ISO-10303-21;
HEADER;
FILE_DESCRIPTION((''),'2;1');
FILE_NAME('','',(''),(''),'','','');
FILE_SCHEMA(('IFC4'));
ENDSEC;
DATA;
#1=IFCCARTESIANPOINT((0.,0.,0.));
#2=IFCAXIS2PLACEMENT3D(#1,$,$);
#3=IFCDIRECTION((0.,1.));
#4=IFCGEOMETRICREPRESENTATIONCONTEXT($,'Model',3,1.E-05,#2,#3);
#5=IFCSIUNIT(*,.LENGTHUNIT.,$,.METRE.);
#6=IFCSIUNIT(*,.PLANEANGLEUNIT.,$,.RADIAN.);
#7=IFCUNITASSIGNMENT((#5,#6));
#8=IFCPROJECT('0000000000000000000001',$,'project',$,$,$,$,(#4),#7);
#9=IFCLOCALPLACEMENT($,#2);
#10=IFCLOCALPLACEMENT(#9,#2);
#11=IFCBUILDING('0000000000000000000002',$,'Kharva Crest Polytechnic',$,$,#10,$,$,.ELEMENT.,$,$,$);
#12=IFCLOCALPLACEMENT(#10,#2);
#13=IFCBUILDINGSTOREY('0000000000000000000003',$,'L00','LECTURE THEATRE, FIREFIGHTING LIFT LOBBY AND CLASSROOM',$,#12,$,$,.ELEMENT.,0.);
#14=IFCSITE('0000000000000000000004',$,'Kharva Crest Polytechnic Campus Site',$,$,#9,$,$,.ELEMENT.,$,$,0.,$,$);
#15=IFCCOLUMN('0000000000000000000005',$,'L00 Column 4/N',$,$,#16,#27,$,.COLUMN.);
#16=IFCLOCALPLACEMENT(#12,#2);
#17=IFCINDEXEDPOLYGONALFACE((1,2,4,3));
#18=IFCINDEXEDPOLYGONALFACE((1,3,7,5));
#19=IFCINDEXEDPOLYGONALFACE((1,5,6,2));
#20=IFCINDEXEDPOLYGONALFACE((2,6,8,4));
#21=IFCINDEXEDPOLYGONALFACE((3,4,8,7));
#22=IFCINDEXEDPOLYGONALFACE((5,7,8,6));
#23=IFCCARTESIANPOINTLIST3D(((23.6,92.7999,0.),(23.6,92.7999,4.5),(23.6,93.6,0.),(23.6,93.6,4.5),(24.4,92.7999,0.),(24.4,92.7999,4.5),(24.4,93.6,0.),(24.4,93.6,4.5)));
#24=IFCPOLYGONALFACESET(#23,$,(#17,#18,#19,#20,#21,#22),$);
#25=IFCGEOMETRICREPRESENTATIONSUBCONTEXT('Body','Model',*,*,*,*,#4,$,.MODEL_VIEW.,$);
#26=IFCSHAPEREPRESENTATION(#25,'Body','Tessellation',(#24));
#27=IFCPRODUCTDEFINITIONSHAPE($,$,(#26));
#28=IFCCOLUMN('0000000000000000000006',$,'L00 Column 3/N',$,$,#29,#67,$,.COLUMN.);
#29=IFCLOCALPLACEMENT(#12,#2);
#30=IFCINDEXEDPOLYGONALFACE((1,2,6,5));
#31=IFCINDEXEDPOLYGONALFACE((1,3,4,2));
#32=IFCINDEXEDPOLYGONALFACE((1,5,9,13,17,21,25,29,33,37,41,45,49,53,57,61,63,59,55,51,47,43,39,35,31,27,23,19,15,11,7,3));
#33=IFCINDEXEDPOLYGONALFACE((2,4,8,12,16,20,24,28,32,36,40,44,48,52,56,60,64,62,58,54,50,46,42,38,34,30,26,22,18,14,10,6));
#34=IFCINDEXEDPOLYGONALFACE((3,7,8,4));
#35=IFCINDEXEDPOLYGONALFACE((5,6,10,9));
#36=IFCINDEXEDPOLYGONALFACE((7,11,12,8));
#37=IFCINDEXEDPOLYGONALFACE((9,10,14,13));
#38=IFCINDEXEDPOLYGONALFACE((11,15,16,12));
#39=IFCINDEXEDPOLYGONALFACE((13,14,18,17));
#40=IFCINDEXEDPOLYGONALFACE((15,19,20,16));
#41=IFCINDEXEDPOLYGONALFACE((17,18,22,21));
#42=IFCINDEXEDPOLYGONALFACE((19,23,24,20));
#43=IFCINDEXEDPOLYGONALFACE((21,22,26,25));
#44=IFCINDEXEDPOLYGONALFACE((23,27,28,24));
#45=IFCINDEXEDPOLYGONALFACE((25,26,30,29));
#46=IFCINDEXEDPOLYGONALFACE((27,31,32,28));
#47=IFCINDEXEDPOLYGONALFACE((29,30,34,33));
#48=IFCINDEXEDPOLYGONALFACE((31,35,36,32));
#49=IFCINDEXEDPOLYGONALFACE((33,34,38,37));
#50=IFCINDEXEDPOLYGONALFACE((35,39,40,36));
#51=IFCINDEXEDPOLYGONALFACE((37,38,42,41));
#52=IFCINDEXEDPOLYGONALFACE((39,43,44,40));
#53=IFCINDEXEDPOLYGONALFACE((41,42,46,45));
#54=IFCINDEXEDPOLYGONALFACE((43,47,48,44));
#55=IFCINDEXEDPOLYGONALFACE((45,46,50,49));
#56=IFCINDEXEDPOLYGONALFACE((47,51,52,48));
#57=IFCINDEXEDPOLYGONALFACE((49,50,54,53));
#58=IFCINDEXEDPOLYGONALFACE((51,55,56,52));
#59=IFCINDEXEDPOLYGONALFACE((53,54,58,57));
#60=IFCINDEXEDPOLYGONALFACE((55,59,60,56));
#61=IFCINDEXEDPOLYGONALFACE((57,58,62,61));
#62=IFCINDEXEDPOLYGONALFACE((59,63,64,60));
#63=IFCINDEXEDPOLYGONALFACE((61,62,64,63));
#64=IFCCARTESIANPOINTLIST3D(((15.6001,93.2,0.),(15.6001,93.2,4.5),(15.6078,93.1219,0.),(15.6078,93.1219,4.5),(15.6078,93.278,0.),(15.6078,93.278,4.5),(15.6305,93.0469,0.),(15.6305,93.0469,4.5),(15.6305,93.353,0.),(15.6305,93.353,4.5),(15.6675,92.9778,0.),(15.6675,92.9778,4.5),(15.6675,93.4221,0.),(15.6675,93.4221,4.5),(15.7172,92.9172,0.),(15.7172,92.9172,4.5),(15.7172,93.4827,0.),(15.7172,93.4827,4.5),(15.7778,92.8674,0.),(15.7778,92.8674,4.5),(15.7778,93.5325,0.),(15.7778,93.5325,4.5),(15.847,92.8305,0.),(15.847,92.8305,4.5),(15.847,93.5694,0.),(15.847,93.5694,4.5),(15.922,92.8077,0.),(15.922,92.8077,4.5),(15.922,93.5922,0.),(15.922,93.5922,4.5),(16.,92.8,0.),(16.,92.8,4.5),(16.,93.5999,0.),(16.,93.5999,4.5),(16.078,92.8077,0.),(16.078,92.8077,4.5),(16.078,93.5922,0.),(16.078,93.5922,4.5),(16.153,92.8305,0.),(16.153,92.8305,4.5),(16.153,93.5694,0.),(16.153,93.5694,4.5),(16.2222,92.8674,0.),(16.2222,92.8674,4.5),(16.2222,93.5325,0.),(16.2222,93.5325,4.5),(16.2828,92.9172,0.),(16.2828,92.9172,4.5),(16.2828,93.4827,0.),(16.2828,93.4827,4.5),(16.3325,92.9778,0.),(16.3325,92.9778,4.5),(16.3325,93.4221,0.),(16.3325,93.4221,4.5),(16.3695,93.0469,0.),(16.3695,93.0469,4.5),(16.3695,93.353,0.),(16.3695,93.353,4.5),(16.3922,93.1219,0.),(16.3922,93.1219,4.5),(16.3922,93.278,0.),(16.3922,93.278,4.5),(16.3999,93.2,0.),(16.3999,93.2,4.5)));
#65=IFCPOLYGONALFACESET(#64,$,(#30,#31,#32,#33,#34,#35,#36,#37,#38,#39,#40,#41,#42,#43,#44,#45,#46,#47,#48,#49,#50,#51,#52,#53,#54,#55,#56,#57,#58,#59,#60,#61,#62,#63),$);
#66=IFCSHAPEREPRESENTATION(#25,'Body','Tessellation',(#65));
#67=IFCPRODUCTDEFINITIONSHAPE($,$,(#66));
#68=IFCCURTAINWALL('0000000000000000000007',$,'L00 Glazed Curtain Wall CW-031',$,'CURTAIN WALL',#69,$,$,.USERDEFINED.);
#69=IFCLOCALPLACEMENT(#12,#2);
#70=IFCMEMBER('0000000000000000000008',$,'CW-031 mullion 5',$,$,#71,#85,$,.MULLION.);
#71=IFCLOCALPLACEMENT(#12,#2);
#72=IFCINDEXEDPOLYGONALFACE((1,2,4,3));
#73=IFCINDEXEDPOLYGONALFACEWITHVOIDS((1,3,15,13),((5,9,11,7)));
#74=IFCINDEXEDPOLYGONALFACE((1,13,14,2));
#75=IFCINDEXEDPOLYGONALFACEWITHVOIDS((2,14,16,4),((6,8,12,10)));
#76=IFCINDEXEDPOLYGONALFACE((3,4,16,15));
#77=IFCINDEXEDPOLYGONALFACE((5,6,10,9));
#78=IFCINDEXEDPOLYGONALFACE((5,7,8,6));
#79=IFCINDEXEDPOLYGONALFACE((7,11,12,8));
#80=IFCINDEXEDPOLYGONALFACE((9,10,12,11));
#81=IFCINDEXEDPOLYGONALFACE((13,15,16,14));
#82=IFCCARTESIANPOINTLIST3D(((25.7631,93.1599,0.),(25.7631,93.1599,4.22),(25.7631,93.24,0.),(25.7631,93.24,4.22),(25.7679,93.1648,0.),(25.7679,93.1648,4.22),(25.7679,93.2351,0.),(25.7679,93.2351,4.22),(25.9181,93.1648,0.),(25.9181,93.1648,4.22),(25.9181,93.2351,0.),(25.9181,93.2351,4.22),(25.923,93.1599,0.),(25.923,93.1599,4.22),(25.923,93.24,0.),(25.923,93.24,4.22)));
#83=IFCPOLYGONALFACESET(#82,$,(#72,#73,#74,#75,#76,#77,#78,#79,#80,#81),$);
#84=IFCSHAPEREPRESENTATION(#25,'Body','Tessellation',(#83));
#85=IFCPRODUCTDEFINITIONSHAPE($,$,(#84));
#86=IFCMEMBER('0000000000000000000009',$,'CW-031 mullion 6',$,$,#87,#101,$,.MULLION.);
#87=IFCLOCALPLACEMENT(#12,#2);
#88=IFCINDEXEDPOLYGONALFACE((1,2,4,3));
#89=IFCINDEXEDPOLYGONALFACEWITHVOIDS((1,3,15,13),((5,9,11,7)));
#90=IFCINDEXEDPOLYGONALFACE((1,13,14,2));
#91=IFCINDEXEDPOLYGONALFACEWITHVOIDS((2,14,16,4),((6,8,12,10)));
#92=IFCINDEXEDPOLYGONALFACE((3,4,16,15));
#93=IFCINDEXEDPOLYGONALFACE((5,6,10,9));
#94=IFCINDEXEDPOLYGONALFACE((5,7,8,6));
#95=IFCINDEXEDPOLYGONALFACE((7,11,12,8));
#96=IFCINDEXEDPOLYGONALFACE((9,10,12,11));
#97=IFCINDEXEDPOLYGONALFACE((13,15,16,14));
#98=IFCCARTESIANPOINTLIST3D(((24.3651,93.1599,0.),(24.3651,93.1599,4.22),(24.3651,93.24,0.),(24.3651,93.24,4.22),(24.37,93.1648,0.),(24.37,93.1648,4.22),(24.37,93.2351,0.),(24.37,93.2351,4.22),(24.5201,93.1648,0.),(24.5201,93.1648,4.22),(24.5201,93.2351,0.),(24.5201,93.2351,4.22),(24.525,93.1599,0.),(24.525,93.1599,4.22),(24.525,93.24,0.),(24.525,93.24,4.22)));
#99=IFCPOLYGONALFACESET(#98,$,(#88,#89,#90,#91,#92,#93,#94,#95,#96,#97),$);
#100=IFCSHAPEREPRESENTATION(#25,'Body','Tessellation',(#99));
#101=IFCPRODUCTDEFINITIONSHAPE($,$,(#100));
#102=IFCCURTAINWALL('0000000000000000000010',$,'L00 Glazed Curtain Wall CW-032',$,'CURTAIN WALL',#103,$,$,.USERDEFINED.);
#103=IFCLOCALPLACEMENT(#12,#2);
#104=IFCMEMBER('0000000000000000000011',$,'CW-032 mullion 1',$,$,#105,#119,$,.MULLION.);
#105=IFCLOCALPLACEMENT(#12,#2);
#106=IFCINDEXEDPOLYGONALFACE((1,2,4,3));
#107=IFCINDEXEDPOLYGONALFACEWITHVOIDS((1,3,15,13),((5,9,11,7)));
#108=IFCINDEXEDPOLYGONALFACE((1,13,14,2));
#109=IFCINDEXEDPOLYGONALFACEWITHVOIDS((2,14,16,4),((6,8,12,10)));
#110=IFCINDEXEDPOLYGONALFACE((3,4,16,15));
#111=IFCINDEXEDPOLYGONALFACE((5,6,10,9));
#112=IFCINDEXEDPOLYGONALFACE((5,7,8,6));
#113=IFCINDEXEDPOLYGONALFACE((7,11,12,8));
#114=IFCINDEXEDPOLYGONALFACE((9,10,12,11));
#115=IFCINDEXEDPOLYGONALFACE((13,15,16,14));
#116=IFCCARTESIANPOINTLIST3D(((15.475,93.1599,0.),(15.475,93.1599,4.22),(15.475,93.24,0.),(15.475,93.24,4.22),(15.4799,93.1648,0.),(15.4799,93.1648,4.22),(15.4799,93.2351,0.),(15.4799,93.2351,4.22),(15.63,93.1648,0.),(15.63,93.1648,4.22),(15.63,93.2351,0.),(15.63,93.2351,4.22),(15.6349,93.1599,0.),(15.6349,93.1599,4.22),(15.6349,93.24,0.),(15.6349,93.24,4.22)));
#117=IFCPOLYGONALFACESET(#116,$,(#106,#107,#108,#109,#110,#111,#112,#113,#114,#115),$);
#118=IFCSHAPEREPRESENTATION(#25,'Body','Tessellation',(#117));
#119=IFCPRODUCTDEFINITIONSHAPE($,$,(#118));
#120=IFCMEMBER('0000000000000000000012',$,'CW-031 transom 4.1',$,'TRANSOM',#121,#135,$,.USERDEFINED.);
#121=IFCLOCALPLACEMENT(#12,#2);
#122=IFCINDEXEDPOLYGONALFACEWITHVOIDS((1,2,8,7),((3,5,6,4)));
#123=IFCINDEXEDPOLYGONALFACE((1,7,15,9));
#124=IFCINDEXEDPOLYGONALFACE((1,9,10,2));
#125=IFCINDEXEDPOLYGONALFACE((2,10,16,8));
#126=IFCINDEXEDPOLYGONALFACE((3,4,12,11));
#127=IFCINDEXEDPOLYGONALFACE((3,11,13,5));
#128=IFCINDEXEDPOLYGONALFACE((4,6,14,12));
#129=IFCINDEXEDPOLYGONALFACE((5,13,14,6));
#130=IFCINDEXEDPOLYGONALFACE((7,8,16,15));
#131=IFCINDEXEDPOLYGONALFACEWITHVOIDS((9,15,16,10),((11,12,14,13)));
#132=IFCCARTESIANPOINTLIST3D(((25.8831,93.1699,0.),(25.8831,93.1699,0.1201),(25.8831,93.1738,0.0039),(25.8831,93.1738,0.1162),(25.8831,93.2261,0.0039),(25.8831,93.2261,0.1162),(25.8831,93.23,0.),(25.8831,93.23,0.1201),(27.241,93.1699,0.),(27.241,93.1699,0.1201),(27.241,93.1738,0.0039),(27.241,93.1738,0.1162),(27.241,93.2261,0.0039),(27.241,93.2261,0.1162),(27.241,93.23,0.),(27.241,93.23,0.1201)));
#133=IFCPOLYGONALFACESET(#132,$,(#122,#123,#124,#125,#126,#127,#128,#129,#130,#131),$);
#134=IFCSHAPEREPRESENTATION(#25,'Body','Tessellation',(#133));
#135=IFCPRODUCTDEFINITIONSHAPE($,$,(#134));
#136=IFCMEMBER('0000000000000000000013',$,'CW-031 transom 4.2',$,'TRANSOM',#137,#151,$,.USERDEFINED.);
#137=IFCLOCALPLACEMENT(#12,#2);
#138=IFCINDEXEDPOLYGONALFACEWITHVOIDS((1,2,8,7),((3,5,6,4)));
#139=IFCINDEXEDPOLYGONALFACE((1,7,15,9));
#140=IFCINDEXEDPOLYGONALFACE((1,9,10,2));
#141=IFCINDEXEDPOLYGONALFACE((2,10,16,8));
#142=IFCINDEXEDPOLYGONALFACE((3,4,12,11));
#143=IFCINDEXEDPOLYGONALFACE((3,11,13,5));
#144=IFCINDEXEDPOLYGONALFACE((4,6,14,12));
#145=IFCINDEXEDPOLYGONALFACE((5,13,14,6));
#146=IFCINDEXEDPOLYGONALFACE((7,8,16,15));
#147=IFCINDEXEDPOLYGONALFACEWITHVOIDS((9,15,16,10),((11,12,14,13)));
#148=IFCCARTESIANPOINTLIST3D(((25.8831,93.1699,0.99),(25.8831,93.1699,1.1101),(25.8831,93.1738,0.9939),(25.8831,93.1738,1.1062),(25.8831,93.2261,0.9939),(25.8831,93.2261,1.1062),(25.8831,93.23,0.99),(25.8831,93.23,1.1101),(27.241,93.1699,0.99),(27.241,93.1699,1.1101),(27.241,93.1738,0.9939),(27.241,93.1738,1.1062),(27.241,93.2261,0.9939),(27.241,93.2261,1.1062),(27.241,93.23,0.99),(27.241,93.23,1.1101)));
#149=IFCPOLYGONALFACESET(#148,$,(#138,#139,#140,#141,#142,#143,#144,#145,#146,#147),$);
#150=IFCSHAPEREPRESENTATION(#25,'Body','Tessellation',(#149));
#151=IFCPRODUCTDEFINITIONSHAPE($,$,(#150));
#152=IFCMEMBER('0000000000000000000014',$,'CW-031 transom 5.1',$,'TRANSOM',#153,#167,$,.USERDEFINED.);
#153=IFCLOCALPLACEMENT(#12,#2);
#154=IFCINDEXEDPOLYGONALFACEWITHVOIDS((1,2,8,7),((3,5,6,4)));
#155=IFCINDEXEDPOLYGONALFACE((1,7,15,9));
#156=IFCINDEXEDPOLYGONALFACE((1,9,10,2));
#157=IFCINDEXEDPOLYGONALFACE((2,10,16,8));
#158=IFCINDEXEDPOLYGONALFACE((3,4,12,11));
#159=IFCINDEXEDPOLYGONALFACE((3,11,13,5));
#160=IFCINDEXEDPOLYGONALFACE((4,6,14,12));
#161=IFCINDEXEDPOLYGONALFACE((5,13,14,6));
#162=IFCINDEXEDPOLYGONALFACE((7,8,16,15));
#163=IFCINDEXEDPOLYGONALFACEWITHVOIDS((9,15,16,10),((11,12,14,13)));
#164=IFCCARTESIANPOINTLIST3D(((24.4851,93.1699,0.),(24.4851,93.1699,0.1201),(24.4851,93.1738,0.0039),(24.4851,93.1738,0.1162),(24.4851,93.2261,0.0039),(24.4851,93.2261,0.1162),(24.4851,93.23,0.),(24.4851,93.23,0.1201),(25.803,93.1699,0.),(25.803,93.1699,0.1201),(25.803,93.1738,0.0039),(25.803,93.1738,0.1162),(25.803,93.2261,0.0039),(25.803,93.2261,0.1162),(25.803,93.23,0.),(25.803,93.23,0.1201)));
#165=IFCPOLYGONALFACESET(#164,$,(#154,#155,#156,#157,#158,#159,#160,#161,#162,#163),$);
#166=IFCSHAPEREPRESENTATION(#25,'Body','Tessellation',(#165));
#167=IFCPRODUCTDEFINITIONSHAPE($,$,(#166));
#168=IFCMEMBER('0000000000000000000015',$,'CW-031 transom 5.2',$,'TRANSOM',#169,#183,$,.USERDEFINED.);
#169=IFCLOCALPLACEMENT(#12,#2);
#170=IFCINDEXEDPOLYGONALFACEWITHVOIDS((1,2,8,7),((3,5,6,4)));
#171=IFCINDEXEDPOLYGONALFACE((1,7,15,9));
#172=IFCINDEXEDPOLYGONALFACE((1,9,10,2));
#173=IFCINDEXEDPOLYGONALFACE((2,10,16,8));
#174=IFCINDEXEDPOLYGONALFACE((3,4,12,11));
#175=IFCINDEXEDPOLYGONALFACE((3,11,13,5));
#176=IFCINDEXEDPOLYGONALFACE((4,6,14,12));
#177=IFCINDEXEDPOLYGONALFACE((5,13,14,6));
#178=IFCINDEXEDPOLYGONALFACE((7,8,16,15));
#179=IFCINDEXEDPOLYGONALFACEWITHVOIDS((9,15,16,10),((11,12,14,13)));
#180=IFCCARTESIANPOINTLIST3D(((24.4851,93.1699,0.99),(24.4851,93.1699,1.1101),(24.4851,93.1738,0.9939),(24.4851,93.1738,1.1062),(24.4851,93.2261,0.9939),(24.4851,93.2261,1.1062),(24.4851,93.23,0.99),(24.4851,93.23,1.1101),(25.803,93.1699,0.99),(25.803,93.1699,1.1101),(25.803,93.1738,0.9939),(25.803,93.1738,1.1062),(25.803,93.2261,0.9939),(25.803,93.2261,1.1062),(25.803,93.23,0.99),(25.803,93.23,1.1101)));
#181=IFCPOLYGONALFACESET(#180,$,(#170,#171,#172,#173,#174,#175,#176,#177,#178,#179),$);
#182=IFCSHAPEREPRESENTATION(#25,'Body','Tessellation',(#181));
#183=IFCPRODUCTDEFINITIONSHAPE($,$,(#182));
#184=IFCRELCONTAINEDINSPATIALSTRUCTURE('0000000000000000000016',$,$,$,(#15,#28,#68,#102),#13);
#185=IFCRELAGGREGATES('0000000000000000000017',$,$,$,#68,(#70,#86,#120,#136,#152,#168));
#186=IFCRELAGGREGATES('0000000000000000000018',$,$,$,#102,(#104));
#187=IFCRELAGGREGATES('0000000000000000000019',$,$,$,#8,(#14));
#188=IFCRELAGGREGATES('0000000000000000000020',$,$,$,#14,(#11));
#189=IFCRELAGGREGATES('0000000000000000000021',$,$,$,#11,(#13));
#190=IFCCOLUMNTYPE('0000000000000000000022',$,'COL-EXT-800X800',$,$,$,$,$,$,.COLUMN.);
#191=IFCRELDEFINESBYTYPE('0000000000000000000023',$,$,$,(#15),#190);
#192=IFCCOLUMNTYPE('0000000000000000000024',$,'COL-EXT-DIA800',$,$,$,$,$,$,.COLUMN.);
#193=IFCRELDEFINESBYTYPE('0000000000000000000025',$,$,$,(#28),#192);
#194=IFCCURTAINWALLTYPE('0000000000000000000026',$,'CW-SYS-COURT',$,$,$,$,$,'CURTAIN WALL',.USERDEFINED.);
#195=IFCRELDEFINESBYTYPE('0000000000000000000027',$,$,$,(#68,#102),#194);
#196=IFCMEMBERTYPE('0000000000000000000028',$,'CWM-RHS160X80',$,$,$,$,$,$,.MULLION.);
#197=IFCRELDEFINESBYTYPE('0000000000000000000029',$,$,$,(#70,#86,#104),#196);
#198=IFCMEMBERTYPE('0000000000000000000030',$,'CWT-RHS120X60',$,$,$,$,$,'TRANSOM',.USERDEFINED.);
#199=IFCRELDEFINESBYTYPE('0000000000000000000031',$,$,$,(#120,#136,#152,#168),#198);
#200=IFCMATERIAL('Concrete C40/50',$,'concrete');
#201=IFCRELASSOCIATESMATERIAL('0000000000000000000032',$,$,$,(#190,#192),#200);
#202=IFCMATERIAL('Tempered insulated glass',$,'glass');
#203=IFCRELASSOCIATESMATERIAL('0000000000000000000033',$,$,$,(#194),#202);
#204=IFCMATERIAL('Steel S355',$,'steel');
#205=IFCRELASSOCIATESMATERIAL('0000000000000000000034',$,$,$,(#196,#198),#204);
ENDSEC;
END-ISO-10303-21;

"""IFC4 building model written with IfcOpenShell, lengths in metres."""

from ifc_helpers import new_model, si_unit, direction, frame, origin, origin_2d, place, context, subcontext, project, spatial, rectangle, hollow_rectangle, circle, extrude, material, material_profile, profile_set, type_object, element, aggregate, save


model = new_model("IFC4")

# Units and contexts
model_context = context("Model", 3, precision=1e-05, world=origin(), true_north=direction((0.0, 1.0)))
body_context = subcontext(model_context, "Body", "Model", "MODEL_VIEW")
ifc_project = project(units=[si_unit("LENGTHUNIT", "METRE"), si_unit("PLANEANGLEUNIT", "RADIAN")], contexts=[model_context])

# Site, building, storey
site_placement = place(None, origin())
site = spatial("IfcSite", under=ifc_project, at=site_placement, Name="Kharva Crest Polytechnic Campus Site", CompositionType="ELEMENT", RefElevation=0.0)
building_placement = place(site_placement, origin())
building = spatial("IfcBuilding", under=site, at=building_placement, Name="Kharva Crest Polytechnic", CompositionType="ELEMENT")
storey_placement = place(building_placement, origin())
storey = spatial("IfcBuildingStorey", under=building, at=storey_placement, Name="L00", Description="LECTURE THEATRE, FIREFIGHTING LIFT LOBBY AND CLASSROOM", CompositionType="ELEMENT", Elevation=0.0)

# Columns
ifc_material_1 = material(Name="Concrete C40/50", Category="concrete")
ifc_material_profile_1 = material_profile(ifc_material_1, rectangle(XDim=0.8, YDim=0.8, at=origin_2d()), Name="RECT 800 X 800")
ifc_profile_set_1 = profile_set([ifc_material_profile_1], Name="Concrete C40/50")
column_type_1 = type_object("IfcColumnType", Name="COL-EXT-800X800", PredefinedType="COLUMN", material=ifc_profile_set_1)
column_1_placement = place(storey_placement, frame((24.0, 93.2, 0.0), z_axis=(0.0, 0.0, 1.0), x_axis=(1.0, 0.0, 0.0)))
element("IfcColumn", 1, at=column_1_placement, inside=storey, type_object=column_type_1, Name="L00 Column 4/N", PredefinedType="COLUMN", context=body_context, shape_type="SweptSolid", body=[
    extrude(rectangle(XDim=0.8, YDim=0.8, at=origin_2d()), origin(), (0.0, 0.0, 1.0), 4.5),
])
ifc_material_profile_2 = material_profile(ifc_material_1, circle(Radius=0.3999, at=origin_2d()), Name="DIA 800")
ifc_profile_set_2 = profile_set([ifc_material_profile_2], Name="Concrete C40/50")
column_type_2 = type_object("IfcColumnType", Name="COL-EXT-DIA800", PredefinedType="COLUMN", material=ifc_profile_set_2)
column_2_placement = place(storey_placement, frame((16.0, 93.2, 0.0), z_axis=(0.0, 0.0, 1.0), x_axis=(1.0, 0.0, 0.0)))
element("IfcColumn", 2, at=column_2_placement, inside=storey, type_object=column_type_2, Name="L00 Column 3/N", PredefinedType="COLUMN", context=body_context, shape_type="SweptSolid", body=[
    extrude(circle(Radius=0.3999, at=origin_2d()), origin(), (0.0, 0.0, 1.0), 4.5),
])

# Curtain wall, members
ifc_material_2 = material(Name="Tempered insulated glass", Category="glass")
curtain_wall_type = type_object("IfcCurtainWallType", Name="CW-SYS-COURT", ElementType="CURTAIN WALL", PredefinedType="USERDEFINED", material=ifc_material_2)
curtain_wall_1_placement = place(storey_placement, origin())
curtain_wall_1 = element("IfcCurtainWall", 3, at=curtain_wall_1_placement, inside=storey, type_object=curtain_wall_type, Name="L00 Glazed Curtain Wall CW-031", ObjectType="CURTAIN WALL", PredefinedType="USERDEFINED")
ifc_material_3 = material(Name="Steel S355", Category="steel")
ifc_material_profile_3 = material_profile(ifc_material_3, hollow_rectangle(XDim=0.0801, YDim=0.1599, WallThickness=0.0049, at=origin_2d()), Name="RHS 160X80X5.0")
ifc_profile_set_3 = profile_set([ifc_material_profile_3], Name="Steel S355")
member_type_1 = type_object("IfcMemberType", Name="CWM-RHS160X80", PredefinedType="MULLION", material=ifc_profile_set_3)
member_1_placement = place(storey_placement, frame((25.843, 93.2, 0.0), z_axis=(0.0, 0.0, 1.0), x_axis=(0.0, -1.0, 0.0)))
member_1 = element("IfcMember", 4, at=member_1_placement, type_object=member_type_1, Name="CW-031 mullion 5", PredefinedType="MULLION", context=body_context, shape_type="SweptSolid", body=[
    extrude(hollow_rectangle(XDim=0.0801, YDim=0.1599, WallThickness=0.0049, at=origin_2d()), origin(), (0.0, 0.0, 1.0), 4.22),
])
member_2_placement = place(storey_placement, frame((24.4451, 93.2, 0.0), z_axis=(0.0, 0.0, 1.0), x_axis=(0.0, -1.0, 0.0)))
member_2 = element("IfcMember", 5, at=member_2_placement, type_object=member_type_1, Name="CW-031 mullion 6", PredefinedType="MULLION", context=body_context, shape_type="SweptSolid", body=[
    extrude(hollow_rectangle(XDim=0.0801, YDim=0.1599, WallThickness=0.0049, at=origin_2d()), origin(), (0.0, 0.0, 1.0), 4.22),
])

# Curtain wall, member
curtain_wall_2_placement = place(storey_placement, origin())
curtain_wall_2 = element("IfcCurtainWall", 6, at=curtain_wall_2_placement, inside=storey, type_object=curtain_wall_type, Name="L00 Glazed Curtain Wall CW-032", ObjectType="CURTAIN WALL", PredefinedType="USERDEFINED")
member_3_placement = place(storey_placement, frame((15.5549, 93.2, 0.0), z_axis=(0.0, 0.0, 1.0), x_axis=(0.0, -1.0, 0.0)))
member_3 = element("IfcMember", 7, at=member_3_placement, type_object=member_type_1, Name="CW-032 mullion 1", PredefinedType="MULLION", context=body_context, shape_type="SweptSolid", body=[
    extrude(hollow_rectangle(XDim=0.0801, YDim=0.1599, WallThickness=0.0049, at=origin_2d()), origin(), (0.0, 0.0, 1.0), 4.22),
])

# Members
ifc_material_profile_4 = material_profile(ifc_material_3, hollow_rectangle(XDim=0.0601, YDim=0.1201, WallThickness=0.0039, at=origin_2d()), Name="RHS 120X60X4.0")
ifc_profile_set_4 = profile_set([ifc_material_profile_4], Name="Steel S355")
member_type_2 = type_object("IfcMemberType", Name="CWT-RHS120X60", ElementType="TRANSOM", PredefinedType="USERDEFINED", material=ifc_profile_set_4)
member_4_placement = place(storey_placement, frame((27.241, 93.2, 0.0601), z_axis=(-1.0, 0.0, 0.0), x_axis=(0.0, -1.0, 0.0)))
member_4 = element("IfcMember", 8, at=member_4_placement, type_object=member_type_2, Name="CW-031 transom 4.1", ObjectType="TRANSOM", PredefinedType="USERDEFINED", context=body_context, shape_type="SweptSolid", body=[
    extrude(hollow_rectangle(XDim=0.0601, YDim=0.1201, WallThickness=0.0039, at=origin_2d()), origin(), (0.0, 0.0, 1.0), 1.3579),
])
member_5_placement = place(storey_placement, frame((27.241, 93.2, 1.05), z_axis=(-1.0, 0.0, 0.0), x_axis=(0.0, -1.0, 0.0)))
member_5 = element("IfcMember", 9, at=member_5_placement, type_object=member_type_2, Name="CW-031 transom 4.2", ObjectType="TRANSOM", PredefinedType="USERDEFINED", context=body_context, shape_type="SweptSolid", body=[
    extrude(hollow_rectangle(XDim=0.0601, YDim=0.1201, WallThickness=0.0039, at=origin_2d()), origin(), (0.0, 0.0, 1.0), 1.3579),
])
member_6_placement = place(storey_placement, frame((25.803, 93.2, 0.0601), z_axis=(-1.0, 0.0, 0.0), x_axis=(0.0, -1.0, 0.0)))
member_6 = element("IfcMember", 10, at=member_6_placement, type_object=member_type_2, Name="CW-031 transom 5.1", ObjectType="TRANSOM", PredefinedType="USERDEFINED", context=body_context, shape_type="SweptSolid", body=[
    extrude(hollow_rectangle(XDim=0.0601, YDim=0.1201, WallThickness=0.0039, at=origin_2d()), origin(), (0.0, 0.0, 1.0), 1.3179),
])
member_7_placement = place(storey_placement, frame((25.803, 93.2, 1.05), z_axis=(-1.0, 0.0, 0.0), x_axis=(0.0, -1.0, 0.0)))
member_7 = element("IfcMember", 11, at=member_7_placement, type_object=member_type_2, Name="CW-031 transom 5.2", ObjectType="TRANSOM", PredefinedType="USERDEFINED", context=body_context, shape_type="SweptSolid", body=[
    extrude(hollow_rectangle(XDim=0.0601, YDim=0.1201, WallThickness=0.0039, at=origin_2d()), origin(), (0.0, 0.0, 1.0), 1.3179),
])

aggregate(curtain_wall_1, [member_1, member_2, member_4, member_5, member_6, member_7])
aggregate(curtain_wall_2, [member_3])

save(model, "model.ifc")
